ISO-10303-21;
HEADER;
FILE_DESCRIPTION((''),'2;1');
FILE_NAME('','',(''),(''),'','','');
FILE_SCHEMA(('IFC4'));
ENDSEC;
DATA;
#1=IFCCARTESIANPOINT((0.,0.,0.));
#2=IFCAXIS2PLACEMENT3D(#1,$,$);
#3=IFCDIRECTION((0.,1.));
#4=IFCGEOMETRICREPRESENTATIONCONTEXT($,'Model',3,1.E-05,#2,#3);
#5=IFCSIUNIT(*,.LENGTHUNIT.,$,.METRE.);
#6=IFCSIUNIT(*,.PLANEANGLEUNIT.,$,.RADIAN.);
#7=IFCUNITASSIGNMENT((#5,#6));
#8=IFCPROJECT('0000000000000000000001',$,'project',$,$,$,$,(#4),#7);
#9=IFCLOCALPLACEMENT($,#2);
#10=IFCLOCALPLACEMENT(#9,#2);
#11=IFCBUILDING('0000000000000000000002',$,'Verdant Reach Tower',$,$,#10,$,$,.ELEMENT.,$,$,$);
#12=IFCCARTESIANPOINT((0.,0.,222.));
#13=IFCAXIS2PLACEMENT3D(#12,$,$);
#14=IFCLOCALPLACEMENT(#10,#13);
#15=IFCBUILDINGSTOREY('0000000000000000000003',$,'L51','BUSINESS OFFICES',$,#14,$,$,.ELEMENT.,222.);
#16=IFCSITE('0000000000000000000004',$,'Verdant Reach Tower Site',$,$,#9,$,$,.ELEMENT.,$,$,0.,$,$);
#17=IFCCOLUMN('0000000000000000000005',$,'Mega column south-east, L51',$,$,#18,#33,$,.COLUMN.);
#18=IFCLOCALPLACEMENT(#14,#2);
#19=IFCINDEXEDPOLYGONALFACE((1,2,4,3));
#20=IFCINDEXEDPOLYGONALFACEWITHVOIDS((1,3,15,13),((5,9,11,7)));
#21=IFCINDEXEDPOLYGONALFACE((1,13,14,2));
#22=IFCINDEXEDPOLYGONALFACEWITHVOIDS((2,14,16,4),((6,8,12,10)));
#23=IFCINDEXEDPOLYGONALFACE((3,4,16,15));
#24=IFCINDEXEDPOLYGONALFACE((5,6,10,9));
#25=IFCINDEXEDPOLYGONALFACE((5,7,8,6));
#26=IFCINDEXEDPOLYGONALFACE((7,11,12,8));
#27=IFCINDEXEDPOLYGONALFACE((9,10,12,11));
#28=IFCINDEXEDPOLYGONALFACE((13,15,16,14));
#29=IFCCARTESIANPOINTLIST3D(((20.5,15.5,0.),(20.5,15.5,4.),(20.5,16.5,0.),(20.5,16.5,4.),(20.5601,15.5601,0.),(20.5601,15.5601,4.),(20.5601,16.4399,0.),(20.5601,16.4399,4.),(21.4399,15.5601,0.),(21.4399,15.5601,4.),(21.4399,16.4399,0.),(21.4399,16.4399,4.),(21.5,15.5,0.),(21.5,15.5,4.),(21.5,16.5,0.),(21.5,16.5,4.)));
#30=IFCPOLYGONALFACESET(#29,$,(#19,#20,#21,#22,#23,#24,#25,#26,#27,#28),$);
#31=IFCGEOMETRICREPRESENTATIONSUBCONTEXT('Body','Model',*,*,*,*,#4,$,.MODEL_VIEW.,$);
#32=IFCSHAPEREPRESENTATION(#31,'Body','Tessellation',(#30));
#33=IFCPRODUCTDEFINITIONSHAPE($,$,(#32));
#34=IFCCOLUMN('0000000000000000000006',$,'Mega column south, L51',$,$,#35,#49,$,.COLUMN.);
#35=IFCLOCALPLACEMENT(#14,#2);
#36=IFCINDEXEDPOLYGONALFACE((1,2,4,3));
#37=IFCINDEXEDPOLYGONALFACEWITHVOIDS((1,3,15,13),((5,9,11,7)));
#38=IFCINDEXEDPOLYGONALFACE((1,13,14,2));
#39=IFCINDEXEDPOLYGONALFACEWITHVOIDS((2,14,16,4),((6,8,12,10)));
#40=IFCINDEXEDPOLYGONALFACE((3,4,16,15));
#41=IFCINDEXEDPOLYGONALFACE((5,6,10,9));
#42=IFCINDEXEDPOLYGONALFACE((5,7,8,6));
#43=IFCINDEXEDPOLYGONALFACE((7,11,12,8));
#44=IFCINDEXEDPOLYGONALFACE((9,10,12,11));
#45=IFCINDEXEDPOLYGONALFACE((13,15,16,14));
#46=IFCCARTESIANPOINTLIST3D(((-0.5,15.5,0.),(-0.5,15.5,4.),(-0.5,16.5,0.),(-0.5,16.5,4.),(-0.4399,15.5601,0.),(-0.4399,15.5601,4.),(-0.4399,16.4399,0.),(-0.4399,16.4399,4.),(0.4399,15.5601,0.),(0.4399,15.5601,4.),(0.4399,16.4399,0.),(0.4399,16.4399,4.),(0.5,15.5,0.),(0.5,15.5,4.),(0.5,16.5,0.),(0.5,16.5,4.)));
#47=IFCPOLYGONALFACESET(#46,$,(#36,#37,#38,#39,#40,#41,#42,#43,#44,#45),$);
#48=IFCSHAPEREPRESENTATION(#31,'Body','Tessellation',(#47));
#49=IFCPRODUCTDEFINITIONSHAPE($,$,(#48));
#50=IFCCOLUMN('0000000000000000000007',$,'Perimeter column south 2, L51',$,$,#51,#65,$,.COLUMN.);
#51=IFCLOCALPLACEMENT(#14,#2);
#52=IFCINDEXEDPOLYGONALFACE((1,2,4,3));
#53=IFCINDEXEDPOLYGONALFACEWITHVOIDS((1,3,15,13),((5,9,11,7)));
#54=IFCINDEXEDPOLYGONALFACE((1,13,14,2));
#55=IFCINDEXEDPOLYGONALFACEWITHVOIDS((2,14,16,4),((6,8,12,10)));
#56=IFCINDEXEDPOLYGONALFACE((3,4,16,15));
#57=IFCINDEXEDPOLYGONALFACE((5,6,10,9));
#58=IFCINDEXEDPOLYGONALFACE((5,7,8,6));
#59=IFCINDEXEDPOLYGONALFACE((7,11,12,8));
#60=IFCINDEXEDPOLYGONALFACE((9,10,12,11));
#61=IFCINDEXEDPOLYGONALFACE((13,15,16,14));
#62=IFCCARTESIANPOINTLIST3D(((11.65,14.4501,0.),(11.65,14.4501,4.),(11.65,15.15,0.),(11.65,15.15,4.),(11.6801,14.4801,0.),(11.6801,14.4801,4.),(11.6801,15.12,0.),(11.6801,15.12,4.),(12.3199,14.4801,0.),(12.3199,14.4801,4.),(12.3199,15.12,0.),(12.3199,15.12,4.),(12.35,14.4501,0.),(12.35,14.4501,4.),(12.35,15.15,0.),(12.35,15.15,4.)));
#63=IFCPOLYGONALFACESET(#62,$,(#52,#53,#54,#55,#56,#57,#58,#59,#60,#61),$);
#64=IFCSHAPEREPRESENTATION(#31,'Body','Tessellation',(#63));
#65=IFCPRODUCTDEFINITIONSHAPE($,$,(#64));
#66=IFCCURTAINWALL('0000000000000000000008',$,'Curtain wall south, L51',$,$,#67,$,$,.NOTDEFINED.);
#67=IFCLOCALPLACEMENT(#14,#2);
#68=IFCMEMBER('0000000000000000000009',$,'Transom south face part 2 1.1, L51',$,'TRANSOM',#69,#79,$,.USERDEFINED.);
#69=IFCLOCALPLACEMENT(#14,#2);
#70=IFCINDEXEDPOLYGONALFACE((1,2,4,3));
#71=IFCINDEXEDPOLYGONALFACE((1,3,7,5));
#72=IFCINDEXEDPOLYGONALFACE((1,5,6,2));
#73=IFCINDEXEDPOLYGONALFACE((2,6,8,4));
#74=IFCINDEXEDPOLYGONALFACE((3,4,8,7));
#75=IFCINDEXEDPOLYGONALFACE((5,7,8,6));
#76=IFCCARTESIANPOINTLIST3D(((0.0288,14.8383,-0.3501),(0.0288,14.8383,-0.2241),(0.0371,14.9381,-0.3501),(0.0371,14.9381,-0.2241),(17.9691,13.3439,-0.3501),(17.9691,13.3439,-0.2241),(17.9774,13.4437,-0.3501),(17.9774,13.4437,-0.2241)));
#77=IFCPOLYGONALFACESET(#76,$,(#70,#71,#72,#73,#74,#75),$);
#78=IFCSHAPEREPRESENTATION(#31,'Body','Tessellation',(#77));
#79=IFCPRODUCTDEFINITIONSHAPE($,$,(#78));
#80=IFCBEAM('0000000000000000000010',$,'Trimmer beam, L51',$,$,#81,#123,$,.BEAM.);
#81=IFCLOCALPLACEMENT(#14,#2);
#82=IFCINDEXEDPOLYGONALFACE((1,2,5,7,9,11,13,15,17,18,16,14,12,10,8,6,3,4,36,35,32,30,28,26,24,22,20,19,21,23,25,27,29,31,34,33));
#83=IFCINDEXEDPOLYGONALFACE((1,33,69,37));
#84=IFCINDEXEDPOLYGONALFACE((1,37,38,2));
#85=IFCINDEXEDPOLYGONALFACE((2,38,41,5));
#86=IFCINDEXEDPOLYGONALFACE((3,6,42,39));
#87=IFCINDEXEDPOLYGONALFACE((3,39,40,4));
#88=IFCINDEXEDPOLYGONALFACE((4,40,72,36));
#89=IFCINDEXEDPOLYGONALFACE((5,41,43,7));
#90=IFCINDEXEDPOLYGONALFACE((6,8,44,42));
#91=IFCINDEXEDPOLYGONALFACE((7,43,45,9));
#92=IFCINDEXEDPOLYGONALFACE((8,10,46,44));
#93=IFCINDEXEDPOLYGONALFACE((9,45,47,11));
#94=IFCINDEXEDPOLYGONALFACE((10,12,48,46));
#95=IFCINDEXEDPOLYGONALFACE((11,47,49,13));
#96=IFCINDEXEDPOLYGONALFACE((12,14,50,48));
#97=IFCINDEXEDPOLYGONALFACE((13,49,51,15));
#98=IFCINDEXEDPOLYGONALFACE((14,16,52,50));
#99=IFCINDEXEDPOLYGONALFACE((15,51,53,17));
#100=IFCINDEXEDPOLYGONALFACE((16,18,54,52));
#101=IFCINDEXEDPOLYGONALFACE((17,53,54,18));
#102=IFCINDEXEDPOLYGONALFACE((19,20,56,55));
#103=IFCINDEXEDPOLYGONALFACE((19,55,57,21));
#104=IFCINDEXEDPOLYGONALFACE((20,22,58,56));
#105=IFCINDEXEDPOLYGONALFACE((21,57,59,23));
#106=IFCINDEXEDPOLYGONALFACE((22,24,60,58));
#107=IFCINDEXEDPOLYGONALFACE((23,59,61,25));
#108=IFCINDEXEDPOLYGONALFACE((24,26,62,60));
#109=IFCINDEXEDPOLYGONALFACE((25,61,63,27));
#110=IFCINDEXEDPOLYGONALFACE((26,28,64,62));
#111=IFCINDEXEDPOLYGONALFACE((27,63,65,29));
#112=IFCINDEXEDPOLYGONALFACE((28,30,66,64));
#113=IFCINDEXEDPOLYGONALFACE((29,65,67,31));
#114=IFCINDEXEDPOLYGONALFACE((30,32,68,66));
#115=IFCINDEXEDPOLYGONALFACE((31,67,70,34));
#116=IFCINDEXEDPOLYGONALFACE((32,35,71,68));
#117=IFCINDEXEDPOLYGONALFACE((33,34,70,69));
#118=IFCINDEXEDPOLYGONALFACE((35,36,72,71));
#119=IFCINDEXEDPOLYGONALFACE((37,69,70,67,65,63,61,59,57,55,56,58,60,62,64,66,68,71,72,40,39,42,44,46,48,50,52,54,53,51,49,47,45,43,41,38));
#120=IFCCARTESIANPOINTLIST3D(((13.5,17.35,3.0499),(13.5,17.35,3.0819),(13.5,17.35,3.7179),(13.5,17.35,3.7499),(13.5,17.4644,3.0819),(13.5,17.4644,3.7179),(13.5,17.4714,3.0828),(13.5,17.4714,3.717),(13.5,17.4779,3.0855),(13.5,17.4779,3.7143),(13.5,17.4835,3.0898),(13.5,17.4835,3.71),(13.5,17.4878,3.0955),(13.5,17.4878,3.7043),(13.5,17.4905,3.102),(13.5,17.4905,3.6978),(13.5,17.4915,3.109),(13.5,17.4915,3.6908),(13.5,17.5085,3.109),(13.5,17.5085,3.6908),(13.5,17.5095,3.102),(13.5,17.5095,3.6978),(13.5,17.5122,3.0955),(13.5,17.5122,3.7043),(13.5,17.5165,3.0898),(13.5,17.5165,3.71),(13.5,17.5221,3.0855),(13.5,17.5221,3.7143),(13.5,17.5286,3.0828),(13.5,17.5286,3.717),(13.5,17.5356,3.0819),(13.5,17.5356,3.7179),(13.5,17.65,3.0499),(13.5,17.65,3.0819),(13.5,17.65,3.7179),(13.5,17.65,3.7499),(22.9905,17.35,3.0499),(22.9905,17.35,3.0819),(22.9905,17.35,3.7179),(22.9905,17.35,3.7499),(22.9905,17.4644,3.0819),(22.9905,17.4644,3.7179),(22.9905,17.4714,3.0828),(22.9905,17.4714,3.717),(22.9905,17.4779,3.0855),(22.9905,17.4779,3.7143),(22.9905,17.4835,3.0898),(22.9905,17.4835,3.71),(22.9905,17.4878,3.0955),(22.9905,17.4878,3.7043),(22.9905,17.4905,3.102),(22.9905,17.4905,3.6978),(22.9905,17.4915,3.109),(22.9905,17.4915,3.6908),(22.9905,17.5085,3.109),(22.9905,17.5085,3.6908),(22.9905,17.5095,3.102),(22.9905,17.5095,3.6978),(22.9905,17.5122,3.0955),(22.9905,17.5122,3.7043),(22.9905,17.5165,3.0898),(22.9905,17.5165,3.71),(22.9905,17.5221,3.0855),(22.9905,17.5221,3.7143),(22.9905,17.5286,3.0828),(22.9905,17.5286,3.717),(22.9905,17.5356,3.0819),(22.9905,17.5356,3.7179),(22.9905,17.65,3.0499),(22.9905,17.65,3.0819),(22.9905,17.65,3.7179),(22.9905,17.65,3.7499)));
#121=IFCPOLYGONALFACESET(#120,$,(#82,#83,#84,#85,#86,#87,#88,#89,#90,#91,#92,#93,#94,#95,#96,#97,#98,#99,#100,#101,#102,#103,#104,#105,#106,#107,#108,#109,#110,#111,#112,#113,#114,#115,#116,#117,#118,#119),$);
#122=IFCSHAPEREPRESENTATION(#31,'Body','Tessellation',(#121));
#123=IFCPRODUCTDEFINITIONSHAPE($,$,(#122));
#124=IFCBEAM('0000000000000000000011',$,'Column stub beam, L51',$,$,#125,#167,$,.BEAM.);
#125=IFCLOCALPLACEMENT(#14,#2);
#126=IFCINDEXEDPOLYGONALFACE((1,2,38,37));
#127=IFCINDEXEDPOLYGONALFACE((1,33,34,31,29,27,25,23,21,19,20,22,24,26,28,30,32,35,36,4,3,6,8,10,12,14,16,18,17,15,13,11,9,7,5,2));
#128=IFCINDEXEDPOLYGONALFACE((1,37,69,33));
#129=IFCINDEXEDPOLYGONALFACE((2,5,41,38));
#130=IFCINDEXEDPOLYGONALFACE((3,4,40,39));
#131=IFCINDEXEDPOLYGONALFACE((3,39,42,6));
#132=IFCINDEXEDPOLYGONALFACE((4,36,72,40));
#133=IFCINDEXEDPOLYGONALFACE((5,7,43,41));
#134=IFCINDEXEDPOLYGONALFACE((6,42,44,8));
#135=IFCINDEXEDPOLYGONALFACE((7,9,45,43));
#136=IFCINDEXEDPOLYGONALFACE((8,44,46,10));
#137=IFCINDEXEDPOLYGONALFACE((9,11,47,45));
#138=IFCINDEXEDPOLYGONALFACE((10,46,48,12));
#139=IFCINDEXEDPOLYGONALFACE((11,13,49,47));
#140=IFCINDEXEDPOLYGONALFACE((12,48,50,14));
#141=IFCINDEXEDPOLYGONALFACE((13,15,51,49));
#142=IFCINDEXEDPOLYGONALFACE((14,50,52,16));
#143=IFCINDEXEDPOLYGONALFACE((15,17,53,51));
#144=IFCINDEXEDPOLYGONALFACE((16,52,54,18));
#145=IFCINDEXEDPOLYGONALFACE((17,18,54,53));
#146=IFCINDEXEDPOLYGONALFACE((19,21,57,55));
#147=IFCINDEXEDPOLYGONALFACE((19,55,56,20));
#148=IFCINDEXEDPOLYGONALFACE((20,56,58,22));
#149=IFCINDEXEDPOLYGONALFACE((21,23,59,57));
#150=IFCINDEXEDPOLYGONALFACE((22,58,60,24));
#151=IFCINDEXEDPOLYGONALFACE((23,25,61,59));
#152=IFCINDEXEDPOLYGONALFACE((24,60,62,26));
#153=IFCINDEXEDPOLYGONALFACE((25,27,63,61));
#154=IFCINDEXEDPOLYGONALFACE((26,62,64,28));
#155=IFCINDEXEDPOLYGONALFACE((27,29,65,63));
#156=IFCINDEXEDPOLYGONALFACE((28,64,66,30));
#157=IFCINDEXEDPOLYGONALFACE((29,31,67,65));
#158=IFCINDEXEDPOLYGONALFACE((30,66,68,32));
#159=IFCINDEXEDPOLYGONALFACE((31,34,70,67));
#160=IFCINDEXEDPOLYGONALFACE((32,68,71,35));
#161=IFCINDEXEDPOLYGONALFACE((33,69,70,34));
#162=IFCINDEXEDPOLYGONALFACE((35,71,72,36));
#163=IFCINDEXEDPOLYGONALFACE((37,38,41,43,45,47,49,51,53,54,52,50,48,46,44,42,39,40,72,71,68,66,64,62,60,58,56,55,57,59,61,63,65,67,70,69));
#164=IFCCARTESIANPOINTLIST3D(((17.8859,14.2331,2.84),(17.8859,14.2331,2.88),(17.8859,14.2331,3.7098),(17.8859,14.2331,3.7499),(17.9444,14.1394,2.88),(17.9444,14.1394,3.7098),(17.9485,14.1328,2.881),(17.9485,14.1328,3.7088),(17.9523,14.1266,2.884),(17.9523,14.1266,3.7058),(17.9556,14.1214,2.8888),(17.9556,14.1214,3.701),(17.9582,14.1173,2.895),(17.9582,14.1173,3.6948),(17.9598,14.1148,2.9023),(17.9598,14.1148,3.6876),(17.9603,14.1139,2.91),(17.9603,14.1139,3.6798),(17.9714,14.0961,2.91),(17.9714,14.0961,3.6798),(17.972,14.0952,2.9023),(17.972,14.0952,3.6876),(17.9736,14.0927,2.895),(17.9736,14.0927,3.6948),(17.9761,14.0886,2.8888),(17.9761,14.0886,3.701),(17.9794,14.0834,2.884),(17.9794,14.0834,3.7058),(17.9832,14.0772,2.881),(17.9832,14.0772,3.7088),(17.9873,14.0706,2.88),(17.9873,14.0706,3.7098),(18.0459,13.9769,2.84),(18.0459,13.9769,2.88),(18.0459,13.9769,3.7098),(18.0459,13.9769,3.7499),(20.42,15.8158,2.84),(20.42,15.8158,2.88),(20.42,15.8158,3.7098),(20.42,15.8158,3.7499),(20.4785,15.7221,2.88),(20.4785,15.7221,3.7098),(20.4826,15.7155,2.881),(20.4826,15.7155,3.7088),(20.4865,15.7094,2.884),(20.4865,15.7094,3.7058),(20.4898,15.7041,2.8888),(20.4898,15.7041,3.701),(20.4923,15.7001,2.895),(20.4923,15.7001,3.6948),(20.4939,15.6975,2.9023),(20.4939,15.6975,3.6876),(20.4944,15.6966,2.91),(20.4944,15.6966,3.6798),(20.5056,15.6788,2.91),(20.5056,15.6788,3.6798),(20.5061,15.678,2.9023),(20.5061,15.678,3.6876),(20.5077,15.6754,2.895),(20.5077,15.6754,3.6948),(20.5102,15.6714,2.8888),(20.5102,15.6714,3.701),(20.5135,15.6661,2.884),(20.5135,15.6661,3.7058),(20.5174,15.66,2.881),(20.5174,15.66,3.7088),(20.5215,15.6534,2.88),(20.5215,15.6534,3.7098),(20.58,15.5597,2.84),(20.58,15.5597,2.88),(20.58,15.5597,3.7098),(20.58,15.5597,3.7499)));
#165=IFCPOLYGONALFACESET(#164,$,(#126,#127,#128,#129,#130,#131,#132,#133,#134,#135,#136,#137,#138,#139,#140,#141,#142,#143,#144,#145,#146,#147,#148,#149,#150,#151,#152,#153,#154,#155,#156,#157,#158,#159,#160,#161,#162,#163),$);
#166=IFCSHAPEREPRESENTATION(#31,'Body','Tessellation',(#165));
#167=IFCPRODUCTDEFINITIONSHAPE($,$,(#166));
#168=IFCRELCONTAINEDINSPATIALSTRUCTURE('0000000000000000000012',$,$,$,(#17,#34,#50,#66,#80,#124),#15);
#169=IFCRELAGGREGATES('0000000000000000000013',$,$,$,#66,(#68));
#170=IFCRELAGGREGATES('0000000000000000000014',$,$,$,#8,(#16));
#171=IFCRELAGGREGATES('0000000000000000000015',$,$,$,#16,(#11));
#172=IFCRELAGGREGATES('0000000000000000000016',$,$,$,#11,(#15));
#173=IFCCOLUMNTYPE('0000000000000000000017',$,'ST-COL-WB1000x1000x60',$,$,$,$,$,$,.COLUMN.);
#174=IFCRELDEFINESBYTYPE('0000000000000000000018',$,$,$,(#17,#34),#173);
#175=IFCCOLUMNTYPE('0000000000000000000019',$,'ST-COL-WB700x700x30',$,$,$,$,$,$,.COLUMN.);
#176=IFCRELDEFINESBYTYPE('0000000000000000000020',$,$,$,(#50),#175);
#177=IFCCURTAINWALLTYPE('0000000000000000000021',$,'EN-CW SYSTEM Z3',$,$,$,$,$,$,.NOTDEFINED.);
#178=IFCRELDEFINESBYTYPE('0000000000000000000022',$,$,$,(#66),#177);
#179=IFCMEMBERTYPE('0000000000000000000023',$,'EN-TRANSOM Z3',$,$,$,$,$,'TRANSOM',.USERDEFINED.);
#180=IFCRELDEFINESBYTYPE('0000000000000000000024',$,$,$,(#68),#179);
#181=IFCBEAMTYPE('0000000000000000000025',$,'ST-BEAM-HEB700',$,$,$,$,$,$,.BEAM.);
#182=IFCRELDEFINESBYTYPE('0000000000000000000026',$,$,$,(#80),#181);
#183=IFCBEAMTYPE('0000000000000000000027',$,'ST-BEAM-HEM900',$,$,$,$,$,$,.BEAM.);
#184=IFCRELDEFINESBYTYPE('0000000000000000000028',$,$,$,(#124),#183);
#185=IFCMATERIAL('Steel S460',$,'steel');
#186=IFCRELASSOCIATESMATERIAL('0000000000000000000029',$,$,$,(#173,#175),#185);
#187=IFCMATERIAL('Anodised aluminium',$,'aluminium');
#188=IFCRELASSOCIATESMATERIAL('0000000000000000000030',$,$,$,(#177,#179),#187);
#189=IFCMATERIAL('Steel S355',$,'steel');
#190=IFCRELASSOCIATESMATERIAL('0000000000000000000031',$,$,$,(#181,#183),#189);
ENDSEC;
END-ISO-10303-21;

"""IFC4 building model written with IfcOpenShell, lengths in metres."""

from ifc_helpers import new_model, si_unit, direction, frame, origin, origin_2d, place, context, subcontext, project, spatial, rectangle, hollow_rectangle, i_section, extrude, material, material_profile, profile_set, type_object, element, aggregate, save


model = new_model("IFC4")

# Units and contexts
model_context = context("Model", 3, precision=1e-05, world=origin(), true_north=direction((0.0, 1.0)))
body_context = subcontext(model_context, "Body", "Model", "MODEL_VIEW")
ifc_project = project(units=[si_unit("LENGTHUNIT", "METRE"), si_unit("PLANEANGLEUNIT", "RADIAN")], contexts=[model_context])

# Site, building, storey
site_placement = place(None, origin())
site = spatial("IfcSite", under=ifc_project, at=site_placement, Name="Verdant Reach Tower Site", CompositionType="ELEMENT", RefElevation=0.0)
building_placement = place(site_placement, origin())
building = spatial("IfcBuilding", under=site, at=building_placement, Name="Verdant Reach Tower", CompositionType="ELEMENT")
storey_placement = place(building_placement, frame((0.0, 0.0, 222.0)))
storey = spatial("IfcBuildingStorey", under=building, at=storey_placement, Name="L51", Description="BUSINESS OFFICES", CompositionType="ELEMENT", Elevation=222.0)

# Columns
ifc_material_1 = material(Name="Steel S460", Category="steel")
ifc_material_profile_1 = material_profile(ifc_material_1, hollow_rectangle(XDim=1.0, YDim=1.0, WallThickness=0.0601, at=origin_2d()), Name="WB 1000x1000x60")
ifc_profile_set_1 = profile_set([ifc_material_profile_1], Name="Steel S460")
column_type_1 = type_object("IfcColumnType", Name="ST-COL-WB1000x1000x60", PredefinedType="COLUMN", material=ifc_profile_set_1)
for number, where, z_axis, x_axis, name in (
    (1, (21.0, 16.0, 0.0), (0.0, 0.0, 1.0), (1.0, 0.0, 0.0), "Mega column south-east, L51"),
    (2, (0.0, 16.0, 0.0), (0.0, 0.0, 1.0), (1.0, 0.0, 0.0), "Mega column south, L51"),
):
    element("IfcColumn", number, at=place(storey_placement, frame(where, z_axis=z_axis, x_axis=x_axis)), inside=storey, type_object=column_type_1, Name=name, PredefinedType="COLUMN", context=body_context, shape_type="SweptSolid", body=[
        extrude(hollow_rectangle(XDim=1.0, YDim=1.0, WallThickness=0.0601, at=origin_2d()), origin(), (0.0, 0.0, 1.0), 4.0),
    ])
ifc_material_profile_2 = material_profile(ifc_material_1, hollow_rectangle(XDim=0.7, YDim=0.7, WallThickness=0.03, at=origin_2d()), Name="WB 700x700x30")
ifc_profile_set_2 = profile_set([ifc_material_profile_2], Name="Steel S460")
column_type_2 = type_object("IfcColumnType", Name="ST-COL-WB700x700x30", PredefinedType="COLUMN", material=ifc_profile_set_2)
column_placement = place(storey_placement, frame((12.0, 14.8, 0.0), z_axis=(0.0, 0.0, 1.0), x_axis=(1.0, 0.0, 0.0)))
element("IfcColumn", 3, at=column_placement, inside=storey, type_object=column_type_2, Name="Perimeter column south 2, L51", PredefinedType="COLUMN", context=body_context, shape_type="SweptSolid", body=[
    extrude(hollow_rectangle(XDim=0.7, YDim=0.7, WallThickness=0.03, at=origin_2d()), origin(), (0.0, 0.0, 1.0), 4.0),
])

# Curtain wall, member
ifc_material_2 = material(Name="Anodised aluminium", Category="aluminium")
curtain_wall_type = type_object("IfcCurtainWallType", Name="EN-CW SYSTEM Z3", PredefinedType="NOTDEFINED", material=ifc_material_2)
curtain_wall_1_placement = place(storey_placement, origin())
curtain_wall_1 = element("IfcCurtainWall", 4, at=curtain_wall_1_placement, inside=storey, type_object=curtain_wall_type, Name="Curtain wall south, L51", PredefinedType="NOTDEFINED")
ifc_material_profile_3 = material_profile(ifc_material_2, rectangle(XDim=0.1001, YDim=0.126, at=origin_2d()), Name="Transom 126x100")
ifc_profile_set_3 = profile_set([ifc_material_profile_3], Name="Anodised aluminium")
member_type = type_object("IfcMemberType", Name="EN-TRANSOM Z3", ElementType="TRANSOM", PredefinedType="USERDEFINED", material=ifc_profile_set_3)
member_placement = place(storey_placement, frame((0.033, 14.8882, -0.2871), z_axis=(0.996549, -0.08301, 0.0), x_axis=(0.08301, 0.996549, 0.0)))
member = element("IfcMember", 5, at=member_placement, type_object=member_type, Name="Transom south face part 2 1.1, L51", ObjectType="TRANSOM", PredefinedType="USERDEFINED", context=body_context, shape_type="SweptSolid", body=[
    extrude(rectangle(XDim=0.1001, YDim=0.126, at=origin_2d()), origin(), (0.0, 0.0, 1.0), 18.0024),
])

# Beams
ifc_material_3 = material(Name="Steel S355", Category="steel")
ifc_material_profile_4 = material_profile(ifc_material_3, i_section(OverallWidth=0.3, OverallDepth=0.7, WebThickness=0.0171, FlangeThickness=0.032, FilletRadius=0.0271, at=origin_2d()), Name="HEB 700")
ifc_profile_set_4 = profile_set([ifc_material_profile_4], Name="Steel S355")
beam_type_1 = type_object("IfcBeamType", Name="ST-BEAM-HEB700", PredefinedType="BEAM", material=ifc_profile_set_4)
beam_1_placement = place(storey_placement, frame((13.5, 17.5, 3.3999), z_axis=(1.0, 0.0, 0.0), x_axis=(0.0, 1.0, 0.0)))
element("IfcBeam", 6, at=beam_1_placement, inside=storey, type_object=beam_type_1, Name="Trimmer beam, L51", PredefinedType="BEAM", context=body_context, shape_type="SweptSolid", body=[
    extrude(i_section(OverallWidth=0.3, OverallDepth=0.7, WebThickness=0.0171, FlangeThickness=0.032, FilletRadius=0.0271, at=origin_2d()), origin(), (0.0, 0.0, 1.0), 9.4905),
])
ifc_material_profile_5 = material_profile(ifc_material_3, i_section(OverallWidth=0.302, OverallDepth=0.9099, WebThickness=0.021, FlangeThickness=0.04, FilletRadius=0.03, at=origin_2d()), Name="HEM 900")
ifc_profile_set_5 = profile_set([ifc_material_profile_5], Name="Steel S355")
beam_type_2 = type_object("IfcBeamType", Name="ST-BEAM-HEM900", PredefinedType="BEAM", material=ifc_profile_set_5)
beam_2_placement = place(storey_placement, frame((20.5, 15.6877, 3.2949), z_axis=(-0.848164, -0.529735, 0.0), x_axis=(0.529735, -0.848164, 0.0)))
element("IfcBeam", 7, at=beam_2_placement, inside=storey, type_object=beam_type_2, Name="Column stub beam, L51", PredefinedType="BEAM", context=body_context, shape_type="SweptSolid", body=[
    extrude(i_section(OverallWidth=0.302, OverallDepth=0.9099, WebThickness=0.021, FlangeThickness=0.04, FilletRadius=0.03, at=origin_2d()), origin(), (0.0, 0.0, 1.0), 2.9878),
])

aggregate(curtain_wall_1, [member])

save(model, "model.ifc")
